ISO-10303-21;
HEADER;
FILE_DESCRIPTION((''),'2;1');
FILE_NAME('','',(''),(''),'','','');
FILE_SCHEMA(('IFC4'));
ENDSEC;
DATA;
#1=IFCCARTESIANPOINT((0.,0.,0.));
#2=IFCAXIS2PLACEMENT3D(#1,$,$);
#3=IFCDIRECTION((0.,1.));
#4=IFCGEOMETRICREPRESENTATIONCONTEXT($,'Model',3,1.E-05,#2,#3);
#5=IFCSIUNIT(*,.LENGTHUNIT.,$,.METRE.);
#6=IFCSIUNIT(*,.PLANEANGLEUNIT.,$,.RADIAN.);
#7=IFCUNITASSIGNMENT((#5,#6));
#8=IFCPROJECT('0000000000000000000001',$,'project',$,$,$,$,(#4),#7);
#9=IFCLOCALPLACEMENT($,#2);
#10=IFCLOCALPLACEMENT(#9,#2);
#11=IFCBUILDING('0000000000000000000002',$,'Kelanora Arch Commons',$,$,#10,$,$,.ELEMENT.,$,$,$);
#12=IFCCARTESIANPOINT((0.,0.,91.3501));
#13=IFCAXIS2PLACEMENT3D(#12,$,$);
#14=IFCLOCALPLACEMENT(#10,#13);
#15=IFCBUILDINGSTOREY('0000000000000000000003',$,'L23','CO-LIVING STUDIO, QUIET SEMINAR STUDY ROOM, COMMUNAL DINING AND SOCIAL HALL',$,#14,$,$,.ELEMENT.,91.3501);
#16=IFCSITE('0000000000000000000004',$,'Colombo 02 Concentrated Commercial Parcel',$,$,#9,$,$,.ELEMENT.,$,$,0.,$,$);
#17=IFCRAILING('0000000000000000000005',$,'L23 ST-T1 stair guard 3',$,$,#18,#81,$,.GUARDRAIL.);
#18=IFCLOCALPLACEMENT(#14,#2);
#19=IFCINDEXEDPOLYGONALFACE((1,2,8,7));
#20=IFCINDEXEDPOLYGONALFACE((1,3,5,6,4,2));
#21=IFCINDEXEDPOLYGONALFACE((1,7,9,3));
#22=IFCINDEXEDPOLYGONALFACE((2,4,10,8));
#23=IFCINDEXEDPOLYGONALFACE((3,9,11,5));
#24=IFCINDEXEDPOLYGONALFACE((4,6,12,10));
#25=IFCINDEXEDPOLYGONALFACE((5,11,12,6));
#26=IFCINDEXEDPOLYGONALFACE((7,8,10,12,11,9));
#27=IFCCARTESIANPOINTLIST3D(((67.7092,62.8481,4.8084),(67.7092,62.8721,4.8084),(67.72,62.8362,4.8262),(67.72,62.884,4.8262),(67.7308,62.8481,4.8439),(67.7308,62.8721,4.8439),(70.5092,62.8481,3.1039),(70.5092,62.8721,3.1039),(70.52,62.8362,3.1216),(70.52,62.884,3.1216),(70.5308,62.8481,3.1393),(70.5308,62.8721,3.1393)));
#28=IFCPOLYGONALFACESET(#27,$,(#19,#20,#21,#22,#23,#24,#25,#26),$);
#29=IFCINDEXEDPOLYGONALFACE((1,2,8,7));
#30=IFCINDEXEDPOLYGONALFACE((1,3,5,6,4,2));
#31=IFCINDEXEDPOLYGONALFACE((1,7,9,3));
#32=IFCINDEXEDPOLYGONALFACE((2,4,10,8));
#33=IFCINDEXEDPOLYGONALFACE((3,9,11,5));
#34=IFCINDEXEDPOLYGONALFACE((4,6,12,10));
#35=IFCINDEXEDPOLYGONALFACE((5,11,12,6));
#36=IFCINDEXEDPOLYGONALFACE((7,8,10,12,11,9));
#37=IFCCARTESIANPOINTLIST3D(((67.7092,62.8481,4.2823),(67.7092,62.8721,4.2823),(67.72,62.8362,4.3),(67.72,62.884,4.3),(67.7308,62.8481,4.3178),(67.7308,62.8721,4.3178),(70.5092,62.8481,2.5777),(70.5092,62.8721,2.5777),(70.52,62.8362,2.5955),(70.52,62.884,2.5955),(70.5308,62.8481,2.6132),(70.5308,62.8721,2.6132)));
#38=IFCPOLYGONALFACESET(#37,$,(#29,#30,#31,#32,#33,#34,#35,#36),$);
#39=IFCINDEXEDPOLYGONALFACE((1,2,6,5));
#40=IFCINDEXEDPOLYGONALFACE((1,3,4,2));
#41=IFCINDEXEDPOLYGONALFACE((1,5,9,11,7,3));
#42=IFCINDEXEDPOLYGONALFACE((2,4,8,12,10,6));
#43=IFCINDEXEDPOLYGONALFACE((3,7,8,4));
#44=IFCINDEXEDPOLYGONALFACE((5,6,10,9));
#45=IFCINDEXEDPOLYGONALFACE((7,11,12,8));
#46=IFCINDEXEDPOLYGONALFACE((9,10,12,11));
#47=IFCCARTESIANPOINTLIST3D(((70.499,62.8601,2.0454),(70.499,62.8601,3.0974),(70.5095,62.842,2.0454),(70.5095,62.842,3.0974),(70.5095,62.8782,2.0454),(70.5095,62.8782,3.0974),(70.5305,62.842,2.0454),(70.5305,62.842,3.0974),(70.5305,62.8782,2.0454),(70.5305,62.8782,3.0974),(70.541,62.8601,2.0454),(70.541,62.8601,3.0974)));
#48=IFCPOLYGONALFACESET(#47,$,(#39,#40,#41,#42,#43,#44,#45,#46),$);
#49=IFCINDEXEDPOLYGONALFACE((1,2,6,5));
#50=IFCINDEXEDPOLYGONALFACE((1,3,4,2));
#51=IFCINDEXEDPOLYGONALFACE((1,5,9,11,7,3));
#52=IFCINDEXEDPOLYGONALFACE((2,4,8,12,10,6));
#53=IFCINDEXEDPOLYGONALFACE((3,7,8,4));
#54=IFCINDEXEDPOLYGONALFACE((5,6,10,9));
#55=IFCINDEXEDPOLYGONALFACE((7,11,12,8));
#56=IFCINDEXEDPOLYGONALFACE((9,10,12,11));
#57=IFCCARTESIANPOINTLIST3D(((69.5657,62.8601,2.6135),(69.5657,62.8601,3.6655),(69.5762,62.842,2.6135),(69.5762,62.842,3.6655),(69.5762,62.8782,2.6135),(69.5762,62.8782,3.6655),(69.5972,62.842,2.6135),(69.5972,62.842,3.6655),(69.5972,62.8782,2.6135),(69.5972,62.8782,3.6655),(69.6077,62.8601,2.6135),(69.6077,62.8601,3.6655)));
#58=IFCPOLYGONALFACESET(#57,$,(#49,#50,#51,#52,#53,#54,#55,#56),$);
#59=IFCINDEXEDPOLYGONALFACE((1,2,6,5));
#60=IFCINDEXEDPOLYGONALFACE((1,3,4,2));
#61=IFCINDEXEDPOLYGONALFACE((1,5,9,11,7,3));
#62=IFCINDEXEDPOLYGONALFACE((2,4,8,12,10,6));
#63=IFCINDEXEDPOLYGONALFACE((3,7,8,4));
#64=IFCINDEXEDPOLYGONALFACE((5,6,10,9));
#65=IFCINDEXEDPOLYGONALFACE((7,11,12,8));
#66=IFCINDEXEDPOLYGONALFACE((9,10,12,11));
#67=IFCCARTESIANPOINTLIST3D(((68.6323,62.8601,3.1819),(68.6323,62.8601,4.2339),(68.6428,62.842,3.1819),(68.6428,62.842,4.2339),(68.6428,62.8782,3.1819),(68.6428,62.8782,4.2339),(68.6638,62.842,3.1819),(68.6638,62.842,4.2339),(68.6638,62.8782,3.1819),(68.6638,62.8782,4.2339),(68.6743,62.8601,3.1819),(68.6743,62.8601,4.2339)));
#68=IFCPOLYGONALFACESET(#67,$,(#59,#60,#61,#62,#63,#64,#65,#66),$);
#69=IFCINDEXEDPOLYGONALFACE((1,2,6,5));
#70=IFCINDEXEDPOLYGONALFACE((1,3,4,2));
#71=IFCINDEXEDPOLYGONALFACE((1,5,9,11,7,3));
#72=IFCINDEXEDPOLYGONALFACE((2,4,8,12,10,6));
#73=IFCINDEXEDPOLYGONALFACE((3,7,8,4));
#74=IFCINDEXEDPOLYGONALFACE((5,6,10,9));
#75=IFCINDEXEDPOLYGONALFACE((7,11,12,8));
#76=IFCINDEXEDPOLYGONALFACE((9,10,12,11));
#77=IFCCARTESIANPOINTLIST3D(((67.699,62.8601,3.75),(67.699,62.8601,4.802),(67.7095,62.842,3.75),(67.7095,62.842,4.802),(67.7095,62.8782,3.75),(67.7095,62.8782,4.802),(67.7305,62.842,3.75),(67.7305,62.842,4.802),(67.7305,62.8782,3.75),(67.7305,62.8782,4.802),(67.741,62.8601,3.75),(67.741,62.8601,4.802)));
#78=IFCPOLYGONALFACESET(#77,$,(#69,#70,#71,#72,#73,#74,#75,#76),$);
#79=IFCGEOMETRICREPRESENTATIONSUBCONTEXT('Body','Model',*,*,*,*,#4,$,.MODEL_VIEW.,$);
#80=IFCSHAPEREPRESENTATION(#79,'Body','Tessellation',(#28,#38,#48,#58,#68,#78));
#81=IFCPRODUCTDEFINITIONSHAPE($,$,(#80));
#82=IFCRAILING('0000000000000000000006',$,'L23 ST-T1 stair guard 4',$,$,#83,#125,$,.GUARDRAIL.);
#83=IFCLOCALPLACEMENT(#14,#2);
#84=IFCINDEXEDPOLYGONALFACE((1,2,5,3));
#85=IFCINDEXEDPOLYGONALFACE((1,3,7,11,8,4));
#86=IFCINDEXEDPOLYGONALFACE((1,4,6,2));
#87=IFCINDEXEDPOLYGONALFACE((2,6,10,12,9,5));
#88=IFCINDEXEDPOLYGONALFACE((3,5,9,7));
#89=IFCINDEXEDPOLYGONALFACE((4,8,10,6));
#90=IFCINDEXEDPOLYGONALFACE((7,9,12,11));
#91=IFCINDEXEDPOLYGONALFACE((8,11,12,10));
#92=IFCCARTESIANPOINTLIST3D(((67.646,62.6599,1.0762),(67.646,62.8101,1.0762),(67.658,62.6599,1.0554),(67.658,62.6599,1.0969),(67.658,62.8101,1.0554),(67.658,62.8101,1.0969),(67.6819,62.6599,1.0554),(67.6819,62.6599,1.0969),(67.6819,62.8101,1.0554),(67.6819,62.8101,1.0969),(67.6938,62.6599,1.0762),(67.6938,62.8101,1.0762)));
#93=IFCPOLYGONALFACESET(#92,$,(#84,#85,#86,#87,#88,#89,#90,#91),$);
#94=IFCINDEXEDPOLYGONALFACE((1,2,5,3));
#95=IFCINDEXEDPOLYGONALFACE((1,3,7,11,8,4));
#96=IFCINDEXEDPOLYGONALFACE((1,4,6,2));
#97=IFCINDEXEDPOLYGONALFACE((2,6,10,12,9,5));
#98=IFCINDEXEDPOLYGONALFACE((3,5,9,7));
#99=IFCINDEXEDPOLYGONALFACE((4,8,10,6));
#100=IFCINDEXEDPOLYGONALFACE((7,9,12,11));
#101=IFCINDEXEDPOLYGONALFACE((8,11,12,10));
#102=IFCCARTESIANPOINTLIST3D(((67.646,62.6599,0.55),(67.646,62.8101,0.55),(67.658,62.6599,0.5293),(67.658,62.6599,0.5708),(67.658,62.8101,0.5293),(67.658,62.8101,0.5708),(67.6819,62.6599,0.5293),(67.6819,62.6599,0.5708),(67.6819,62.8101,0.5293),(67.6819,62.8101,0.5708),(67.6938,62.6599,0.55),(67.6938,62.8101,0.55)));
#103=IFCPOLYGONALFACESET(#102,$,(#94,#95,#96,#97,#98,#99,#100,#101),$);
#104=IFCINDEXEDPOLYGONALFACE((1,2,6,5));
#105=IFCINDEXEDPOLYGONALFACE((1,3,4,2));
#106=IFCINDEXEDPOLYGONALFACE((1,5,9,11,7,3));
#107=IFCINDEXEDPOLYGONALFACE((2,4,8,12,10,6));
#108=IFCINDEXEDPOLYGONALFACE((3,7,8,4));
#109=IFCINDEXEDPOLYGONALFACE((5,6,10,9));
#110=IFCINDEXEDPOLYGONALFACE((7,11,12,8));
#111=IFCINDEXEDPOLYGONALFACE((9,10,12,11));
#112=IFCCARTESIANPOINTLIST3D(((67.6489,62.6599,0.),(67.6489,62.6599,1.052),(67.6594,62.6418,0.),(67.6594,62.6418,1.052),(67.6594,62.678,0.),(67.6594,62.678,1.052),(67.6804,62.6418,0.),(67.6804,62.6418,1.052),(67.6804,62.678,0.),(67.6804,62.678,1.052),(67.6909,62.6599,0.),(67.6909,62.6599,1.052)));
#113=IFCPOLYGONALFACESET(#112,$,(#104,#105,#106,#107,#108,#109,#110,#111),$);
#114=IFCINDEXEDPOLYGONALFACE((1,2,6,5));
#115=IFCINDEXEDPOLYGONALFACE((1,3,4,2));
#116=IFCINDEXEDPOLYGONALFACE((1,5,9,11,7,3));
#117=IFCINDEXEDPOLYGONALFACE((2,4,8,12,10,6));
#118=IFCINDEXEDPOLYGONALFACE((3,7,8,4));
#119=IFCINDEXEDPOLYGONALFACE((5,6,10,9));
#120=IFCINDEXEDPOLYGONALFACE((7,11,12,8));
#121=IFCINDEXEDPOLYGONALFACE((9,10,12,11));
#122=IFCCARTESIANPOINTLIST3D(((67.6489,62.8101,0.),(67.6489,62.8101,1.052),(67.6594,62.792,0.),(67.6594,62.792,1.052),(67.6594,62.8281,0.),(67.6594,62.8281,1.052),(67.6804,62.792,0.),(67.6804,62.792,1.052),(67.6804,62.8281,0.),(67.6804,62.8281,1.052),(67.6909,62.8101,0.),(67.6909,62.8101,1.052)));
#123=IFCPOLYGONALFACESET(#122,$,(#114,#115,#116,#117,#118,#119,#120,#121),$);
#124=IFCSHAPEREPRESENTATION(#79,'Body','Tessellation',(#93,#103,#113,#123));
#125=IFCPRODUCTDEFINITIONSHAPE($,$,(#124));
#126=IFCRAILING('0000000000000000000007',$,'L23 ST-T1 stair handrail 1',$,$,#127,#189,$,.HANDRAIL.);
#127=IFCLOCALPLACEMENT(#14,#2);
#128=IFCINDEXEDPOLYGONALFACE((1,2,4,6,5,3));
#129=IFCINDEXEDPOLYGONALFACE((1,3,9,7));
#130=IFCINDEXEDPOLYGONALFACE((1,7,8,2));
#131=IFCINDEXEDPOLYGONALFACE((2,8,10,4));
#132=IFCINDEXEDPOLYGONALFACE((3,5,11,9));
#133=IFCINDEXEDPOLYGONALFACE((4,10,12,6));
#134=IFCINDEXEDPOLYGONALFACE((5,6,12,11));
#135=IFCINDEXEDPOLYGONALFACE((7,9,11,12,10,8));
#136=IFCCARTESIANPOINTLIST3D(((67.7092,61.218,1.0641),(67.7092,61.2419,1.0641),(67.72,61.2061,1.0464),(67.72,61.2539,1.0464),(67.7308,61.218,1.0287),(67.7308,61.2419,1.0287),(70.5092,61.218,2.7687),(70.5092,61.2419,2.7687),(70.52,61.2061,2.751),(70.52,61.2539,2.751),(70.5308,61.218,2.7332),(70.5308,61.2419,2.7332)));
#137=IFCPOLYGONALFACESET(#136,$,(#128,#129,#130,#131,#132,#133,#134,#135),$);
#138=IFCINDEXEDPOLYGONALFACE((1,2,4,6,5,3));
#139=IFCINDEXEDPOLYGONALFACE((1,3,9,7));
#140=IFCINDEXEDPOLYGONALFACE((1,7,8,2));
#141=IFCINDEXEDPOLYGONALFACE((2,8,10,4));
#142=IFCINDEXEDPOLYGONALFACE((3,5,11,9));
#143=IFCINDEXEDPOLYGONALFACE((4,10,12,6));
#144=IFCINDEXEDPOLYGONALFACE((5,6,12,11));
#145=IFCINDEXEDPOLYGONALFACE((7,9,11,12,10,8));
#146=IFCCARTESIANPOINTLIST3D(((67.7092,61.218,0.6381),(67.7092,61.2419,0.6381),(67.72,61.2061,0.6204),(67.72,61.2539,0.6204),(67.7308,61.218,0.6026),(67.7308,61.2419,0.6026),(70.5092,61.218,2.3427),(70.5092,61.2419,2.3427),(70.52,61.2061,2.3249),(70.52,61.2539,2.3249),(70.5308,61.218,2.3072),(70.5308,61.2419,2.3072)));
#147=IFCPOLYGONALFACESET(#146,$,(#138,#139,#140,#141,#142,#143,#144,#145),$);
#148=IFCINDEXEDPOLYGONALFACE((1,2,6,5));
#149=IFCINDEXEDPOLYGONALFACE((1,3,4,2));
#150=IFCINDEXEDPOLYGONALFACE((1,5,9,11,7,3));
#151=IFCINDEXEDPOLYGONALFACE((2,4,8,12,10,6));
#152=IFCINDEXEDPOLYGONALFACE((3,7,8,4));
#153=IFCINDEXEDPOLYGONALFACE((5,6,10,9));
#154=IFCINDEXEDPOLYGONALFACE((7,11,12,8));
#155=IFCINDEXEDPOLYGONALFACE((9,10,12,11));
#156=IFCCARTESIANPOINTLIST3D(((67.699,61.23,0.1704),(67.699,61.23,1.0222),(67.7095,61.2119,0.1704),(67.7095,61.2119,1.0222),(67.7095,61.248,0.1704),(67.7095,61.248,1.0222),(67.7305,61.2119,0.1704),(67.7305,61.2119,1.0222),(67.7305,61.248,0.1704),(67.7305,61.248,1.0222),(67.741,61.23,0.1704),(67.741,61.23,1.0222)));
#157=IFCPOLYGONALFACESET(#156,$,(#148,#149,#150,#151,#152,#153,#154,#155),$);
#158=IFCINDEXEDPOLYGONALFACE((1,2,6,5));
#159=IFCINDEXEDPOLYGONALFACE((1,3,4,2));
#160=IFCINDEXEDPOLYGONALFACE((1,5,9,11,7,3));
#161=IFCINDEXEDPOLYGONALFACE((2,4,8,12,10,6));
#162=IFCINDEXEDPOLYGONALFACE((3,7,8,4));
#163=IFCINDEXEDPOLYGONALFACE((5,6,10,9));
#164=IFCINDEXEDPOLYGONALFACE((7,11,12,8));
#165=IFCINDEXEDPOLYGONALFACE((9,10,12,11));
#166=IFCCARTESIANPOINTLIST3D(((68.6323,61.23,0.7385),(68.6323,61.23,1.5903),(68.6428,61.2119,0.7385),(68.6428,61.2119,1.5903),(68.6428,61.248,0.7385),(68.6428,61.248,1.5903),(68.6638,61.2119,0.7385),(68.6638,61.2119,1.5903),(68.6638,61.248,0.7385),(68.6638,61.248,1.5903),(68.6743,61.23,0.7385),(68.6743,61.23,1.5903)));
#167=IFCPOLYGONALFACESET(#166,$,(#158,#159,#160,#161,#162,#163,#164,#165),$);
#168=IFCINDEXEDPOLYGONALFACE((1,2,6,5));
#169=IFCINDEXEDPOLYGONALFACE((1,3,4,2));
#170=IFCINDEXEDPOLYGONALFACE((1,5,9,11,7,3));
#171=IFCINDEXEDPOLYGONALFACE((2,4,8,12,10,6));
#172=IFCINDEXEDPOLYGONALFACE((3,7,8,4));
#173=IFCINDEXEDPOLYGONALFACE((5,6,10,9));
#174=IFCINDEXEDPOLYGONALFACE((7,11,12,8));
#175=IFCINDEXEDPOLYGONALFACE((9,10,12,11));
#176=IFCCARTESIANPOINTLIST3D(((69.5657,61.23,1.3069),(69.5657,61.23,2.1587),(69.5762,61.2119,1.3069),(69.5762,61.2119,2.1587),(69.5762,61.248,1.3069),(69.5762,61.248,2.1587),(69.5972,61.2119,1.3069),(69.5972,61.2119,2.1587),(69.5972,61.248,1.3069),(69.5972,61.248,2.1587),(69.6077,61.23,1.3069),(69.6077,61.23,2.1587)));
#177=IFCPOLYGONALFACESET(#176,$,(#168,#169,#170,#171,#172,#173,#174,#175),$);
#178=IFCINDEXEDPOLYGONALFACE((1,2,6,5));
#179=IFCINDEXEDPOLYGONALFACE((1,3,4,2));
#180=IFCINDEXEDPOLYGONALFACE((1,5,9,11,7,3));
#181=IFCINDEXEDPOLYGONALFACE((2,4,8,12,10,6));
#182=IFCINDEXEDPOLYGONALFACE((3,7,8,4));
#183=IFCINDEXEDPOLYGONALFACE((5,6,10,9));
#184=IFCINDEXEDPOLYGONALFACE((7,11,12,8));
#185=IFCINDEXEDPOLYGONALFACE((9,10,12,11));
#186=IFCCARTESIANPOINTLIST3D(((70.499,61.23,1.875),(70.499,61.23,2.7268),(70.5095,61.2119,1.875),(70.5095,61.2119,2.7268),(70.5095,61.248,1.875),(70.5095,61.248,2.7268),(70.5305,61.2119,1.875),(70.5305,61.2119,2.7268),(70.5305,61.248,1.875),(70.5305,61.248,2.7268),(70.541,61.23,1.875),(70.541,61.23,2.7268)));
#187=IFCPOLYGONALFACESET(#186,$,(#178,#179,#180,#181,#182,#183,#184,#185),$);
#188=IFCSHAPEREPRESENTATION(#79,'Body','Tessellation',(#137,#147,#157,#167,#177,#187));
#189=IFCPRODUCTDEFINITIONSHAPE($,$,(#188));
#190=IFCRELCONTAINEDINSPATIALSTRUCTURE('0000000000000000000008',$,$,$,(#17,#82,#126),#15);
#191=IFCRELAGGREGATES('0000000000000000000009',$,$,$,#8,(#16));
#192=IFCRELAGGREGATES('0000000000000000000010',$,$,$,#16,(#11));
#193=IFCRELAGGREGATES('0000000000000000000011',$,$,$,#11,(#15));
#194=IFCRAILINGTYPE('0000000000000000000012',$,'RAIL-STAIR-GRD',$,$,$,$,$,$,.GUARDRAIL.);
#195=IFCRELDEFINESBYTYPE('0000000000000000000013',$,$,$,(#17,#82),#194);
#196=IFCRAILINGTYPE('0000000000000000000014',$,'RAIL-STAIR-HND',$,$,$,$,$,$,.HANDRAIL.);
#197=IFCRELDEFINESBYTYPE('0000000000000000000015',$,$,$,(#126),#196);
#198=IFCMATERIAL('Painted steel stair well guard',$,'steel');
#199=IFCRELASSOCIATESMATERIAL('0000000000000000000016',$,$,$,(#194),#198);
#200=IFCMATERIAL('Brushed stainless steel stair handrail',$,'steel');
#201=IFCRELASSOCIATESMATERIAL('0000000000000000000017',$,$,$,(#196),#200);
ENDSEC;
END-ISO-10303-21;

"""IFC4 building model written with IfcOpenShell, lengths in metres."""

from ifc_helpers import new_model, si_unit, direction, frame, origin, place, context, subcontext, project, spatial, polyline, outline, extrude, material, type_object, element, save


model = new_model("IFC4")

# Units and contexts
model_context = context("Model", 3, precision=1e-05, world=origin(), true_north=direction((0.0, 1.0)))
body_context = subcontext(model_context, "Body", "Model", "MODEL_VIEW")
ifc_project = project(units=[si_unit("LENGTHUNIT", "METRE"), si_unit("PLANEANGLEUNIT", "RADIAN")], contexts=[model_context])

# Site, building, storey
site_placement = place(None, origin())
site = spatial("IfcSite", under=ifc_project, at=site_placement, Name="Colombo 02 Concentrated Commercial Parcel", CompositionType="ELEMENT", RefElevation=0.0)
building_placement = place(site_placement, origin())
building = spatial("IfcBuilding", under=site, at=building_placement, Name="Kelanora Arch Commons", CompositionType="ELEMENT")
storey_placement = place(building_placement, frame((0.0, 0.0, 91.3501)))
storey = spatial("IfcBuildingStorey", under=building, at=storey_placement, Name="L23", Description="CO-LIVING STUDIO, QUIET SEMINAR STUDY ROOM, COMMUNAL DINING AND SOCIAL HALL", CompositionType="ELEMENT", Elevation=91.3501)

# Railings
ifc_material_1 = material(Name="Painted steel stair well guard", Category="steel")
railing_type_1 = type_object("IfcRailingType", Name="RAIL-STAIR-GRD", PredefinedType="GUARDRAIL", material=ifc_material_1)
railing_1_placement = place(storey_placement, frame((70.52, 62.8601, 2.0454)))
element("IfcRailing", 1, at=railing_1_placement, inside=storey, type_object=railing_type_1, Name="L23 ST-T1 stair guard 3", PredefinedType="GUARDRAIL", context=body_context, shape_type="SweptSolid", body=[
    extrude(outline(polyline([(0.0239, 0.0), (0.012, 0.0208), (-0.012, 0.0208), (-0.0239, 0.0), (-0.012, -0.0208), (0.012, -0.0208), (0.0239, 0.0)])), frame((0.0, 0.0, 1.0762), z_axis=(-0.85417, 0.0, 0.519994), x_axis=(0.0, -1.0, 0.0)), (0.0, 0.0, 1.0), 3.2781),
    extrude(outline(polyline([(0.0239, 0.0), (0.012, 0.0208), (-0.012, 0.0208), (-0.0239, 0.0), (-0.012, -0.0208), (0.012, -0.0208), (0.0239, 0.0)])), frame((0.0, 0.0, 0.55), z_axis=(-0.85417, 0.0, 0.519994), x_axis=(0.0, -1.0, 0.0)), (0.0, 0.0, 1.0), 3.2781),
    extrude(outline(polyline([(0.021, 0.0), (0.0105, 0.0181), (-0.0105, 0.0181), (-0.021, 0.0), (-0.0105, -0.0181), (0.0105, -0.0181), (0.021, 0.0)])), origin(), (0.0, 0.0, 1.0), 1.052),
    extrude(outline(polyline([(0.021, 0.0), (0.0105, 0.0181), (-0.0105, 0.0181), (-0.021, 0.0), (-0.0105, -0.0181), (0.0105, -0.0181), (0.021, 0.0)])), frame((-0.9333, 0.0, 0.5681)), (0.0, 0.0, 1.0), 1.052),
    extrude(outline(polyline([(0.021, 0.0), (0.0105, 0.0181), (-0.0105, 0.0181), (-0.021, 0.0), (-0.0105, -0.0181), (0.0105, -0.0181), (0.021, 0.0)])), frame((-1.8667, 0.0, 1.1365)), (0.0, 0.0, 1.0), 1.052),
    extrude(outline(polyline([(0.021, 0.0), (0.0105, 0.0181), (-0.0105, 0.0181), (-0.021, 0.0), (-0.0105, -0.0181), (0.0105, -0.0181), (0.021, 0.0)])), frame((-2.8, 0.0, 1.7046)), (0.0, 0.0, 1.0), 1.052),
])
railing_2_placement = place(storey_placement, frame((67.6699, 62.6599, 0.0)))
element("IfcRailing", 2, at=railing_2_placement, inside=storey, type_object=railing_type_1, Name="L23 ST-T1 stair guard 4", PredefinedType="GUARDRAIL", context=body_context, shape_type="SweptSolid", body=[
    extrude(outline(polyline([(0.0239, 0.0), (0.012, 0.0208), (-0.012, 0.0208), (-0.0239, 0.0), (-0.012, -0.0208), (0.012, -0.0208), (0.0239, 0.0)])), frame((0.0, 0.0, 1.0762), z_axis=(0.0, 1.0, 0.0), x_axis=(-1.0, 0.0, 0.0)), (0.0, 0.0, 1.0), 0.1501),
    extrude(outline(polyline([(0.0239, 0.0), (0.012, 0.0208), (-0.012, 0.0208), (-0.0239, 0.0), (-0.012, -0.0208), (0.012, -0.0208), (0.0239, 0.0)])), frame((0.0, 0.0, 0.55), z_axis=(0.0, 1.0, 0.0), x_axis=(-1.0, 0.0, 0.0)), (0.0, 0.0, 1.0), 0.1501),
    extrude(outline(polyline([(0.021, 0.0), (0.0105, 0.0181), (-0.0105, 0.0181), (-0.021, 0.0), (-0.0105, -0.0181), (0.0105, -0.0181), (0.021, 0.0)])), origin(), (0.0, 0.0, 1.0), 1.052),
    extrude(outline(polyline([(0.021, 0.0), (0.0105, 0.0181), (-0.0105, 0.0181), (-0.021, 0.0), (-0.0105, -0.0181), (0.0105, -0.0181), (0.021, 0.0)])), frame((0.0, 0.1501, 0.0)), (0.0, 0.0, 1.0), 1.052),
])
ifc_material_2 = material(Name="Brushed stainless steel stair handrail", Category="steel")
railing_type_2 = type_object("IfcRailingType", Name="RAIL-STAIR-HND", PredefinedType="HANDRAIL", material=ifc_material_2)
railing_3_placement = place(storey_placement, frame((67.72, 61.23, 0.1704)))
element("IfcRailing", 3, at=railing_3_placement, inside=storey, type_object=railing_type_2, Name="L23 ST-T1 stair handrail 1", PredefinedType="HANDRAIL", context=body_context, shape_type="SweptSolid", body=[
    extrude(outline(polyline([(0.0239, 0.0), (0.012, 0.0208), (-0.012, 0.0208), (-0.0239, 0.0), (-0.012, -0.0208), (0.012, -0.0208), (0.0239, 0.0)])), frame((0.0, 0.0, 0.876), z_axis=(0.85417, 0.0, 0.519994), x_axis=(0.0, 1.0, 0.0)), (0.0, 0.0, 1.0), 3.2781),
    extrude(outline(polyline([(0.0239, 0.0), (0.012, 0.0208), (-0.012, 0.0208), (-0.0239, 0.0), (-0.012, -0.0208), (0.012, -0.0208), (0.0239, 0.0)])), frame((0.0, 0.0, 0.45), z_axis=(0.85417, 0.0, 0.519994), x_axis=(0.0, 1.0, 0.0)), (0.0, 0.0, 1.0), 3.2781),
    extrude(outline(polyline([(0.021, 0.0), (0.0105, 0.0181), (-0.0105, 0.0181), (-0.021, 0.0), (-0.0105, -0.0181), (0.0105, -0.0181), (0.021, 0.0)])), origin(), (0.0, 0.0, 1.0), 0.8518),
    extrude(outline(polyline([(0.021, 0.0), (0.0105, 0.0181), (-0.0105, 0.0181), (-0.021, 0.0), (-0.0105, -0.0181), (0.0105, -0.0181), (0.021, 0.0)])), frame((0.9333, 0.0, 0.5681)), (0.0, 0.0, 1.0), 0.8518),
    extrude(outline(polyline([(0.021, 0.0), (0.0105, 0.0181), (-0.0105, 0.0181), (-0.021, 0.0), (-0.0105, -0.0181), (0.0105, -0.0181), (0.021, 0.0)])), frame((1.8667, 0.0, 1.1365)), (0.0, 0.0, 1.0), 0.8518),
    extrude(outline(polyline([(0.021, 0.0), (0.0105, 0.0181), (-0.0105, 0.0181), (-0.021, 0.0), (-0.0105, -0.0181), (0.0105, -0.0181), (0.021, 0.0)])), frame((2.8, 0.0, 1.7046)), (0.0, 0.0, 1.0), 0.8518),
])

save(model, "model.ifc")
